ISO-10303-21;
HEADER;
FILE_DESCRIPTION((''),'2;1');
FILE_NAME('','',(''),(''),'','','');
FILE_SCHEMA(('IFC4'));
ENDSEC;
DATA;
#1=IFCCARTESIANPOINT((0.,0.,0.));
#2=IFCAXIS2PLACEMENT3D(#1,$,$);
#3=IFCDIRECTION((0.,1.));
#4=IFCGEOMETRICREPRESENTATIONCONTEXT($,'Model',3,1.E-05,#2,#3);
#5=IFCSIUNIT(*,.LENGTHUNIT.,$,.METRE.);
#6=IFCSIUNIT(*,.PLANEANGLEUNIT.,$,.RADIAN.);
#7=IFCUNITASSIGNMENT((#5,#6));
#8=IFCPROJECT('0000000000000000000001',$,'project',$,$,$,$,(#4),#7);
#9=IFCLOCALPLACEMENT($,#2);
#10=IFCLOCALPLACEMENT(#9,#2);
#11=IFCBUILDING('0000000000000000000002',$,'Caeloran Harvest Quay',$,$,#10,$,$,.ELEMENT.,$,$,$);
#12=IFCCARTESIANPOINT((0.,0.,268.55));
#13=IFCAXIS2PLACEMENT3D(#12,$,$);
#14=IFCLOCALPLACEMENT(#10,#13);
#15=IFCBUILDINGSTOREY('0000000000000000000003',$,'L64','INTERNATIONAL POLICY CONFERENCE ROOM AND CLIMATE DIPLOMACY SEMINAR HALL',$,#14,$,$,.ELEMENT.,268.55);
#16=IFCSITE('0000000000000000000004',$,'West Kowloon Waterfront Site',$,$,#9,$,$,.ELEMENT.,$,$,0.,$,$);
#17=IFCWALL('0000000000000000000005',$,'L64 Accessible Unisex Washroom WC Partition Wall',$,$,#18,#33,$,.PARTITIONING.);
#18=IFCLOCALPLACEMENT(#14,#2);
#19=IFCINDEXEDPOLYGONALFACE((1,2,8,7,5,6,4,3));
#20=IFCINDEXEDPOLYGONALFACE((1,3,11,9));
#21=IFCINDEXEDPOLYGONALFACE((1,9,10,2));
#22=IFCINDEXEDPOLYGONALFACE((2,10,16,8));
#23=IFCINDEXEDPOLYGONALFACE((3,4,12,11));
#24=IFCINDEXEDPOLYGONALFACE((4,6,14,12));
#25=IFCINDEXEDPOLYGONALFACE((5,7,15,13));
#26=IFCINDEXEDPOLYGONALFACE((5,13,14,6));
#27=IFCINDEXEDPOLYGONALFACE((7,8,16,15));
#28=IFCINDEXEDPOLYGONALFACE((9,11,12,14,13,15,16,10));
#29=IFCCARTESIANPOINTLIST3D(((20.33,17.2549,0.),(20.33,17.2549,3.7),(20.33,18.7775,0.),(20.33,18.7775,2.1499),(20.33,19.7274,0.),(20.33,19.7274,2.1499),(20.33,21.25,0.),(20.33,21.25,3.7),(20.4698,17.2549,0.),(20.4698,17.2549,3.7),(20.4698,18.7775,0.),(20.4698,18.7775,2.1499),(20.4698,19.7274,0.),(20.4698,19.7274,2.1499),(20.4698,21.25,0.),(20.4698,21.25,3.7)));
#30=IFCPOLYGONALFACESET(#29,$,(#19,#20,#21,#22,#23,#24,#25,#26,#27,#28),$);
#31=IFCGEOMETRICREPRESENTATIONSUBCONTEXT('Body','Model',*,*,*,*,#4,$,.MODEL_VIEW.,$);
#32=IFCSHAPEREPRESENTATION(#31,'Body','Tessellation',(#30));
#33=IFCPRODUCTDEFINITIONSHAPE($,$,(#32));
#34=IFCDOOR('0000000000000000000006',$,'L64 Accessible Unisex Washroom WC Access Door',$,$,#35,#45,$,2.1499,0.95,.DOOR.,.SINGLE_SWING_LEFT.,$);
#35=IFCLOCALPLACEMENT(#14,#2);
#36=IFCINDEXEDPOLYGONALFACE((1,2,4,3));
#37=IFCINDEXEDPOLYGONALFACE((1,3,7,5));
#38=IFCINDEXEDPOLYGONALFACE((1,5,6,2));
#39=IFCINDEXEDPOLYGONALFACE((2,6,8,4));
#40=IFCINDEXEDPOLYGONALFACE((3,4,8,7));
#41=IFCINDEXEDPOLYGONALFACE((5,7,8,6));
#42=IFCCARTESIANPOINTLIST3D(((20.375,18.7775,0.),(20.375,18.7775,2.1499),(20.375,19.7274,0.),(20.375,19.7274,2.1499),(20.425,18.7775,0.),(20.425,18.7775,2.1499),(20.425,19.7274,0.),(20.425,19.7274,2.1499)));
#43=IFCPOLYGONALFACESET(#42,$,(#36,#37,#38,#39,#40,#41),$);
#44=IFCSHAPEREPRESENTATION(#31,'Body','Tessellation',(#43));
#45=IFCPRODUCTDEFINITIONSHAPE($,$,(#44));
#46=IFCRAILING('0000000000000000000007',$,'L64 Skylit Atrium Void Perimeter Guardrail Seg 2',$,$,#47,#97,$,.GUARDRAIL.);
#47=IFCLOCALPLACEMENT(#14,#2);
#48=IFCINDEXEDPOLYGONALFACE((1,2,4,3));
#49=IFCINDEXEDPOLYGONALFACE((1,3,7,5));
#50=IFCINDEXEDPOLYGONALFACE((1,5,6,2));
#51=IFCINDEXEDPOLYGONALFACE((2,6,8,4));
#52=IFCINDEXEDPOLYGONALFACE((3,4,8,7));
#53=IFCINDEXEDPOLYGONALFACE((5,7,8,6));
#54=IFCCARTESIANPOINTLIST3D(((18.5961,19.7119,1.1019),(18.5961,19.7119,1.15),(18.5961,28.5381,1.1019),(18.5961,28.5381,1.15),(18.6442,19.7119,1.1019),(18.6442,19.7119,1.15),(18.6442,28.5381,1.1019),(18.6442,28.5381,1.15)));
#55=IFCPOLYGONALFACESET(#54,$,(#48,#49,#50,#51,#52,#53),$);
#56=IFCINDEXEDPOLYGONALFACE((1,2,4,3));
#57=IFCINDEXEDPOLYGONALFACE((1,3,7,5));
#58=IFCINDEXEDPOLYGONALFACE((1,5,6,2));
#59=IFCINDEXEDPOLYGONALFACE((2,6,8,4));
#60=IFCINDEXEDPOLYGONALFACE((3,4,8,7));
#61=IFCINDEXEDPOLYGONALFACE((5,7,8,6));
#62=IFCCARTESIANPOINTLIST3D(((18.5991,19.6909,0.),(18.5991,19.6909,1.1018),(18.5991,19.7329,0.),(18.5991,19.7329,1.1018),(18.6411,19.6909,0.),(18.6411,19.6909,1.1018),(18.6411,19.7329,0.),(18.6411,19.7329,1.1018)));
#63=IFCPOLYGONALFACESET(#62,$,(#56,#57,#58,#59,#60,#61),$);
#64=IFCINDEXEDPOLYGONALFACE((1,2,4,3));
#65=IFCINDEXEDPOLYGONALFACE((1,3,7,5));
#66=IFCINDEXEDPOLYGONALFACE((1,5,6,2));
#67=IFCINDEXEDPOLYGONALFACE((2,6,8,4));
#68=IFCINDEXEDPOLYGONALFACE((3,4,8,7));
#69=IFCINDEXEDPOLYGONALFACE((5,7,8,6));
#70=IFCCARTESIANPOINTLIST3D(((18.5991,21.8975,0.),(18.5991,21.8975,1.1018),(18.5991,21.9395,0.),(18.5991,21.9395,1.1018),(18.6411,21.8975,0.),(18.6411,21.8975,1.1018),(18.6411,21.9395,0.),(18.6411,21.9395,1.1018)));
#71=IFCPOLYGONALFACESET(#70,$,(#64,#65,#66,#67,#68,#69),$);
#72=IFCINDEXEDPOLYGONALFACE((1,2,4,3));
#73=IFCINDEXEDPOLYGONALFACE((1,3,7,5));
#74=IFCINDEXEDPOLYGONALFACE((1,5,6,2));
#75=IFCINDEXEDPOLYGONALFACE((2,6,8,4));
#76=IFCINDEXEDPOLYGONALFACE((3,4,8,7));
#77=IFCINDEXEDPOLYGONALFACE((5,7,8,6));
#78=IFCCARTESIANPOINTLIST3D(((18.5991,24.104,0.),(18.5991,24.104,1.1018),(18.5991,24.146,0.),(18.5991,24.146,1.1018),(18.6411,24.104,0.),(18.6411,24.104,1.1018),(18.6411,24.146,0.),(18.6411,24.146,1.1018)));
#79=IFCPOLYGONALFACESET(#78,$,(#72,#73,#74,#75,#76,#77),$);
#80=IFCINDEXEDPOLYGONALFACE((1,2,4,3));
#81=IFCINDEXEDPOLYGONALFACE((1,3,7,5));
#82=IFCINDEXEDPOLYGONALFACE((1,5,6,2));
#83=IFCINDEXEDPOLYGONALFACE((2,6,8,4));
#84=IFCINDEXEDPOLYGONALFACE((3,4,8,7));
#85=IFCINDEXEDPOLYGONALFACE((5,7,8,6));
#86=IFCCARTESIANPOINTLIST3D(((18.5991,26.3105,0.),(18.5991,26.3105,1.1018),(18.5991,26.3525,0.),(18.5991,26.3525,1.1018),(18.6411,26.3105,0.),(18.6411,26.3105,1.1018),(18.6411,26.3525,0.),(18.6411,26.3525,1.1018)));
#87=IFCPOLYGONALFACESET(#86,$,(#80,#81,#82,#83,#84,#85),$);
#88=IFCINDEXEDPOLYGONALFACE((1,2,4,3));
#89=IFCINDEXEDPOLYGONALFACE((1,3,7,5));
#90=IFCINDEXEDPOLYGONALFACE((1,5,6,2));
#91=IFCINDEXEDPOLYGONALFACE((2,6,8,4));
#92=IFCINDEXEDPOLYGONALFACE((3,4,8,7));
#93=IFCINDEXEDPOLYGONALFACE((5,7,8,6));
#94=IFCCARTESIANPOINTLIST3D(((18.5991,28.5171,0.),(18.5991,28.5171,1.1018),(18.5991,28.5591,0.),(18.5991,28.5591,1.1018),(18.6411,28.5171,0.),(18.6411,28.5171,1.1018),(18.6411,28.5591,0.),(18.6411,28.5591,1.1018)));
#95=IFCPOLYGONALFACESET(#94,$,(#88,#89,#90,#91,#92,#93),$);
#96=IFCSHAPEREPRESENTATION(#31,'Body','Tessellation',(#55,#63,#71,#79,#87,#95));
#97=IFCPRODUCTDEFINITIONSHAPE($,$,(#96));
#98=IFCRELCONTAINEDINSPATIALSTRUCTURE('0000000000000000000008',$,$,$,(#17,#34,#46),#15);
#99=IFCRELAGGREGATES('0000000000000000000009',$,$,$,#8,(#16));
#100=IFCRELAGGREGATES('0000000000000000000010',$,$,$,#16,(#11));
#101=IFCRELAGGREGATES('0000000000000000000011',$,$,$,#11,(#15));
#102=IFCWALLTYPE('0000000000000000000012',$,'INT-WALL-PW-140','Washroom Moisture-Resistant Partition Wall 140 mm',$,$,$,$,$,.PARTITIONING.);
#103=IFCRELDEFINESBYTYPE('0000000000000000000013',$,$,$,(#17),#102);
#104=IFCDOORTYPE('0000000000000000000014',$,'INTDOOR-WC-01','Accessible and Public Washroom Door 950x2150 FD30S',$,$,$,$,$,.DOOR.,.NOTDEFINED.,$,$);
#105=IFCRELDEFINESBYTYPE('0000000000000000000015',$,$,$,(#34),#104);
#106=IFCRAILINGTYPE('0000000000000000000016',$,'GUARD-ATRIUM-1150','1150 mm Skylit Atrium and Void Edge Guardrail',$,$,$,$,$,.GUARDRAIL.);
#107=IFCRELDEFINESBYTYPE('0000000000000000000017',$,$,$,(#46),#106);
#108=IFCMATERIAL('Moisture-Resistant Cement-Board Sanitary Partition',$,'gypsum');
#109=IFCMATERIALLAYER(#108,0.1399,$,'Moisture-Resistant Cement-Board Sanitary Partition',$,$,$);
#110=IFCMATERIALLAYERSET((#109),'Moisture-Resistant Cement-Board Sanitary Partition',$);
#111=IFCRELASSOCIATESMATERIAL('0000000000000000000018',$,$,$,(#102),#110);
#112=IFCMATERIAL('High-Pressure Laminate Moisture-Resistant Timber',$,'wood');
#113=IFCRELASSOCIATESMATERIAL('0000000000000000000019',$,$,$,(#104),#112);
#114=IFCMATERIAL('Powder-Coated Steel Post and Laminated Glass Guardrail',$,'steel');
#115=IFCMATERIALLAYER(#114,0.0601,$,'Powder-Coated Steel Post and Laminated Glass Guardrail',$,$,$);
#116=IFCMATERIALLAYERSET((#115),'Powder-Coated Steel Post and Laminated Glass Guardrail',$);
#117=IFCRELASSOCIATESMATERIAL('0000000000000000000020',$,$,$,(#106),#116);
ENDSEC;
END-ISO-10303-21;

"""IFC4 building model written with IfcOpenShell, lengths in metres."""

from ifc_helpers import new_model, si_unit, direction, frame, frame_2d, origin, origin_2d, place, context, subcontext, project, spatial, rectangle, extrude, material, layer, layer_set, type_object, element, fill, save


model = new_model("IFC4")

# Units and contexts
model_context = context("Model", 3, precision=1e-05, world=origin(), true_north=direction((0.0, 1.0)))
body_context = subcontext(model_context, "Body", "Model", "MODEL_VIEW")
ifc_project = project(units=[si_unit("LENGTHUNIT", "METRE"), si_unit("PLANEANGLEUNIT", "RADIAN")], contexts=[model_context])

# Site, building, storey
site_placement = place(None, origin())
site = spatial("IfcSite", under=ifc_project, at=site_placement, Name="West Kowloon Waterfront Site", CompositionType="ELEMENT", RefElevation=0.0)
building_placement = place(site_placement, origin())
building = spatial("IfcBuilding", under=site, at=building_placement, Name="Caeloran Harvest Quay", CompositionType="ELEMENT")
storey_placement = place(building_placement, frame((0.0, 0.0, 268.55)))
storey = spatial("IfcBuildingStorey", under=building, at=storey_placement, Name="L64", Description="INTERNATIONAL POLICY CONFERENCE ROOM AND CLIMATE DIPLOMACY SEMINAR HALL", CompositionType="ELEMENT", Elevation=268.55)

# Shared definitions
ifc_material_1 = material(Name="Moisture-Resistant Cement-Board Sanitary Partition", Category="gypsum")
ifc_layer_1 = layer(ifc_material_1, 0.1399, Name="Moisture-Resistant Cement-Board Sanitary Partition")
ifc_layer_set_1 = layer_set([ifc_layer_1], Name="Moisture-Resistant Cement-Board Sanitary Partition")
wall_type_1 = type_object("IfcWallType", Name="INT-WALL-PW-140", Description="Washroom Moisture-Resistant Partition Wall 140 mm", PredefinedType="PARTITIONING", material=ifc_layer_set_1)

# Shared definitions
ifc_material_2 = material(Name="High-Pressure Laminate Moisture-Resistant Timber", Category="wood")
door_type_1 = type_object("IfcDoorType", Name="INTDOOR-WC-01", Description="Accessible and Public Washroom Door 950x2150 FD30S", OperationType="NOTDEFINED", PredefinedType="DOOR", material=ifc_material_2)

# Wall, opening, door
wall_1_placement = place(storey_placement, frame((20.3999, 17.2549, 0.0), z_axis=(0.0, 0.0, 1.0), x_axis=(0.0, 1.0, 0.0)))
wall_1 = element("IfcWall", 1, at=wall_1_placement, inside=storey, type_object=wall_type_1, Name="L64 Accessible Unisex Washroom WC Partition Wall", PredefinedType="PARTITIONING", context=body_context, shape_type="SweptSolid", body=[
    extrude(rectangle(XDim=3.9951, YDim=0.1399, at=frame_2d((1.9976, 0.0))), origin(), (0.0, 0.0, 1.0), 3.7),
])
opening_1_placement = place(wall_1_placement, frame((1.5225, 0.0, 0.0)))
opening_1 = element("IfcOpeningElement", 2, at=opening_1_placement, cuts=wall_1, PredefinedType="OPENING", context=body_context, shape_type="SweptSolid", body=[
    extrude(rectangle(XDim=0.95, YDim=2.1499, at=frame_2d((0.4751, 1.075))), frame((0.0, 0.0801, 0.0), z_axis=(0.0, -1.0, 0.0), x_axis=(1.0, 0.0, 0.0)), (0.0, 0.0, 1.0), 0.1599),
])
door_1_placement = place(opening_1_placement, origin())
door_1 = element("IfcDoor", 3, at=door_1_placement, inside=storey, type_object=door_type_1, Name="L64 Accessible Unisex Washroom WC Access Door", OperationType="SINGLE_SWING_LEFT", OverallHeight=2.1499, OverallWidth=0.95, PredefinedType="DOOR", context=body_context, shape_type="SweptSolid", body=[
    extrude(rectangle(XDim=0.95, YDim=2.1499, at=frame_2d((0.4751, 1.075))), frame((0.0, 0.0249, 0.0), z_axis=(0.0, -1.0, 0.0), x_axis=(1.0, 0.0, 0.0)), (0.0, 0.0, 1.0), 0.05),
])
fill(opening_1, door_1)

# Railing
ifc_material_3 = material(Name="Powder-Coated Steel Post and Laminated Glass Guardrail", Category="steel")
ifc_layer_2 = layer(ifc_material_3, 0.0601, Name="Powder-Coated Steel Post and Laminated Glass Guardrail")
ifc_layer_set_2 = layer_set([ifc_layer_2], Name="Powder-Coated Steel Post and Laminated Glass Guardrail")
railing_type = type_object("IfcRailingType", Name="GUARD-ATRIUM-1150", Description="1150 mm Skylit Atrium and Void Edge Guardrail", PredefinedType="GUARDRAIL", material=ifc_layer_set_2)
railing_placement = place(storey_placement, frame((18.6201, 19.7119, 0.0)))
element("IfcRailing", 4, at=railing_placement, inside=storey, type_object=railing_type, Name="L64 Skylit Atrium Void Perimeter Guardrail Seg 2", PredefinedType="GUARDRAIL", context=body_context, shape_type="SweptSolid", body=[
    extrude(rectangle(XDim=0.0481, YDim=0.0481, at=origin_2d()), frame((0.0, 0.0, 1.126), z_axis=(0.0, 1.0, 0.0), x_axis=(-1.0, 0.0, 0.0)), (0.0, 0.0, 1.0), 8.8262),
    extrude(rectangle(XDim=0.042, YDim=0.042, at=origin_2d()), origin(), (0.0, 0.0, 1.0), 1.1018),
    extrude(rectangle(XDim=0.042, YDim=0.042, at=origin_2d()), frame((0.0, 2.2065, 0.0)), (0.0, 0.0, 1.0), 1.1018),
    extrude(rectangle(XDim=0.042, YDim=0.042, at=origin_2d()), frame((0.0, 4.4131, 0.0)), (0.0, 0.0, 1.0), 1.1018),
    extrude(rectangle(XDim=0.042, YDim=0.042, at=origin_2d()), frame((0.0, 6.6196, 0.0)), (0.0, 0.0, 1.0), 1.1018),
    extrude(rectangle(XDim=0.042, YDim=0.042, at=origin_2d()), frame((0.0, 8.8262, 0.0)), (0.0, 0.0, 1.0), 1.1018),
])

save(model, "model.ifc")
